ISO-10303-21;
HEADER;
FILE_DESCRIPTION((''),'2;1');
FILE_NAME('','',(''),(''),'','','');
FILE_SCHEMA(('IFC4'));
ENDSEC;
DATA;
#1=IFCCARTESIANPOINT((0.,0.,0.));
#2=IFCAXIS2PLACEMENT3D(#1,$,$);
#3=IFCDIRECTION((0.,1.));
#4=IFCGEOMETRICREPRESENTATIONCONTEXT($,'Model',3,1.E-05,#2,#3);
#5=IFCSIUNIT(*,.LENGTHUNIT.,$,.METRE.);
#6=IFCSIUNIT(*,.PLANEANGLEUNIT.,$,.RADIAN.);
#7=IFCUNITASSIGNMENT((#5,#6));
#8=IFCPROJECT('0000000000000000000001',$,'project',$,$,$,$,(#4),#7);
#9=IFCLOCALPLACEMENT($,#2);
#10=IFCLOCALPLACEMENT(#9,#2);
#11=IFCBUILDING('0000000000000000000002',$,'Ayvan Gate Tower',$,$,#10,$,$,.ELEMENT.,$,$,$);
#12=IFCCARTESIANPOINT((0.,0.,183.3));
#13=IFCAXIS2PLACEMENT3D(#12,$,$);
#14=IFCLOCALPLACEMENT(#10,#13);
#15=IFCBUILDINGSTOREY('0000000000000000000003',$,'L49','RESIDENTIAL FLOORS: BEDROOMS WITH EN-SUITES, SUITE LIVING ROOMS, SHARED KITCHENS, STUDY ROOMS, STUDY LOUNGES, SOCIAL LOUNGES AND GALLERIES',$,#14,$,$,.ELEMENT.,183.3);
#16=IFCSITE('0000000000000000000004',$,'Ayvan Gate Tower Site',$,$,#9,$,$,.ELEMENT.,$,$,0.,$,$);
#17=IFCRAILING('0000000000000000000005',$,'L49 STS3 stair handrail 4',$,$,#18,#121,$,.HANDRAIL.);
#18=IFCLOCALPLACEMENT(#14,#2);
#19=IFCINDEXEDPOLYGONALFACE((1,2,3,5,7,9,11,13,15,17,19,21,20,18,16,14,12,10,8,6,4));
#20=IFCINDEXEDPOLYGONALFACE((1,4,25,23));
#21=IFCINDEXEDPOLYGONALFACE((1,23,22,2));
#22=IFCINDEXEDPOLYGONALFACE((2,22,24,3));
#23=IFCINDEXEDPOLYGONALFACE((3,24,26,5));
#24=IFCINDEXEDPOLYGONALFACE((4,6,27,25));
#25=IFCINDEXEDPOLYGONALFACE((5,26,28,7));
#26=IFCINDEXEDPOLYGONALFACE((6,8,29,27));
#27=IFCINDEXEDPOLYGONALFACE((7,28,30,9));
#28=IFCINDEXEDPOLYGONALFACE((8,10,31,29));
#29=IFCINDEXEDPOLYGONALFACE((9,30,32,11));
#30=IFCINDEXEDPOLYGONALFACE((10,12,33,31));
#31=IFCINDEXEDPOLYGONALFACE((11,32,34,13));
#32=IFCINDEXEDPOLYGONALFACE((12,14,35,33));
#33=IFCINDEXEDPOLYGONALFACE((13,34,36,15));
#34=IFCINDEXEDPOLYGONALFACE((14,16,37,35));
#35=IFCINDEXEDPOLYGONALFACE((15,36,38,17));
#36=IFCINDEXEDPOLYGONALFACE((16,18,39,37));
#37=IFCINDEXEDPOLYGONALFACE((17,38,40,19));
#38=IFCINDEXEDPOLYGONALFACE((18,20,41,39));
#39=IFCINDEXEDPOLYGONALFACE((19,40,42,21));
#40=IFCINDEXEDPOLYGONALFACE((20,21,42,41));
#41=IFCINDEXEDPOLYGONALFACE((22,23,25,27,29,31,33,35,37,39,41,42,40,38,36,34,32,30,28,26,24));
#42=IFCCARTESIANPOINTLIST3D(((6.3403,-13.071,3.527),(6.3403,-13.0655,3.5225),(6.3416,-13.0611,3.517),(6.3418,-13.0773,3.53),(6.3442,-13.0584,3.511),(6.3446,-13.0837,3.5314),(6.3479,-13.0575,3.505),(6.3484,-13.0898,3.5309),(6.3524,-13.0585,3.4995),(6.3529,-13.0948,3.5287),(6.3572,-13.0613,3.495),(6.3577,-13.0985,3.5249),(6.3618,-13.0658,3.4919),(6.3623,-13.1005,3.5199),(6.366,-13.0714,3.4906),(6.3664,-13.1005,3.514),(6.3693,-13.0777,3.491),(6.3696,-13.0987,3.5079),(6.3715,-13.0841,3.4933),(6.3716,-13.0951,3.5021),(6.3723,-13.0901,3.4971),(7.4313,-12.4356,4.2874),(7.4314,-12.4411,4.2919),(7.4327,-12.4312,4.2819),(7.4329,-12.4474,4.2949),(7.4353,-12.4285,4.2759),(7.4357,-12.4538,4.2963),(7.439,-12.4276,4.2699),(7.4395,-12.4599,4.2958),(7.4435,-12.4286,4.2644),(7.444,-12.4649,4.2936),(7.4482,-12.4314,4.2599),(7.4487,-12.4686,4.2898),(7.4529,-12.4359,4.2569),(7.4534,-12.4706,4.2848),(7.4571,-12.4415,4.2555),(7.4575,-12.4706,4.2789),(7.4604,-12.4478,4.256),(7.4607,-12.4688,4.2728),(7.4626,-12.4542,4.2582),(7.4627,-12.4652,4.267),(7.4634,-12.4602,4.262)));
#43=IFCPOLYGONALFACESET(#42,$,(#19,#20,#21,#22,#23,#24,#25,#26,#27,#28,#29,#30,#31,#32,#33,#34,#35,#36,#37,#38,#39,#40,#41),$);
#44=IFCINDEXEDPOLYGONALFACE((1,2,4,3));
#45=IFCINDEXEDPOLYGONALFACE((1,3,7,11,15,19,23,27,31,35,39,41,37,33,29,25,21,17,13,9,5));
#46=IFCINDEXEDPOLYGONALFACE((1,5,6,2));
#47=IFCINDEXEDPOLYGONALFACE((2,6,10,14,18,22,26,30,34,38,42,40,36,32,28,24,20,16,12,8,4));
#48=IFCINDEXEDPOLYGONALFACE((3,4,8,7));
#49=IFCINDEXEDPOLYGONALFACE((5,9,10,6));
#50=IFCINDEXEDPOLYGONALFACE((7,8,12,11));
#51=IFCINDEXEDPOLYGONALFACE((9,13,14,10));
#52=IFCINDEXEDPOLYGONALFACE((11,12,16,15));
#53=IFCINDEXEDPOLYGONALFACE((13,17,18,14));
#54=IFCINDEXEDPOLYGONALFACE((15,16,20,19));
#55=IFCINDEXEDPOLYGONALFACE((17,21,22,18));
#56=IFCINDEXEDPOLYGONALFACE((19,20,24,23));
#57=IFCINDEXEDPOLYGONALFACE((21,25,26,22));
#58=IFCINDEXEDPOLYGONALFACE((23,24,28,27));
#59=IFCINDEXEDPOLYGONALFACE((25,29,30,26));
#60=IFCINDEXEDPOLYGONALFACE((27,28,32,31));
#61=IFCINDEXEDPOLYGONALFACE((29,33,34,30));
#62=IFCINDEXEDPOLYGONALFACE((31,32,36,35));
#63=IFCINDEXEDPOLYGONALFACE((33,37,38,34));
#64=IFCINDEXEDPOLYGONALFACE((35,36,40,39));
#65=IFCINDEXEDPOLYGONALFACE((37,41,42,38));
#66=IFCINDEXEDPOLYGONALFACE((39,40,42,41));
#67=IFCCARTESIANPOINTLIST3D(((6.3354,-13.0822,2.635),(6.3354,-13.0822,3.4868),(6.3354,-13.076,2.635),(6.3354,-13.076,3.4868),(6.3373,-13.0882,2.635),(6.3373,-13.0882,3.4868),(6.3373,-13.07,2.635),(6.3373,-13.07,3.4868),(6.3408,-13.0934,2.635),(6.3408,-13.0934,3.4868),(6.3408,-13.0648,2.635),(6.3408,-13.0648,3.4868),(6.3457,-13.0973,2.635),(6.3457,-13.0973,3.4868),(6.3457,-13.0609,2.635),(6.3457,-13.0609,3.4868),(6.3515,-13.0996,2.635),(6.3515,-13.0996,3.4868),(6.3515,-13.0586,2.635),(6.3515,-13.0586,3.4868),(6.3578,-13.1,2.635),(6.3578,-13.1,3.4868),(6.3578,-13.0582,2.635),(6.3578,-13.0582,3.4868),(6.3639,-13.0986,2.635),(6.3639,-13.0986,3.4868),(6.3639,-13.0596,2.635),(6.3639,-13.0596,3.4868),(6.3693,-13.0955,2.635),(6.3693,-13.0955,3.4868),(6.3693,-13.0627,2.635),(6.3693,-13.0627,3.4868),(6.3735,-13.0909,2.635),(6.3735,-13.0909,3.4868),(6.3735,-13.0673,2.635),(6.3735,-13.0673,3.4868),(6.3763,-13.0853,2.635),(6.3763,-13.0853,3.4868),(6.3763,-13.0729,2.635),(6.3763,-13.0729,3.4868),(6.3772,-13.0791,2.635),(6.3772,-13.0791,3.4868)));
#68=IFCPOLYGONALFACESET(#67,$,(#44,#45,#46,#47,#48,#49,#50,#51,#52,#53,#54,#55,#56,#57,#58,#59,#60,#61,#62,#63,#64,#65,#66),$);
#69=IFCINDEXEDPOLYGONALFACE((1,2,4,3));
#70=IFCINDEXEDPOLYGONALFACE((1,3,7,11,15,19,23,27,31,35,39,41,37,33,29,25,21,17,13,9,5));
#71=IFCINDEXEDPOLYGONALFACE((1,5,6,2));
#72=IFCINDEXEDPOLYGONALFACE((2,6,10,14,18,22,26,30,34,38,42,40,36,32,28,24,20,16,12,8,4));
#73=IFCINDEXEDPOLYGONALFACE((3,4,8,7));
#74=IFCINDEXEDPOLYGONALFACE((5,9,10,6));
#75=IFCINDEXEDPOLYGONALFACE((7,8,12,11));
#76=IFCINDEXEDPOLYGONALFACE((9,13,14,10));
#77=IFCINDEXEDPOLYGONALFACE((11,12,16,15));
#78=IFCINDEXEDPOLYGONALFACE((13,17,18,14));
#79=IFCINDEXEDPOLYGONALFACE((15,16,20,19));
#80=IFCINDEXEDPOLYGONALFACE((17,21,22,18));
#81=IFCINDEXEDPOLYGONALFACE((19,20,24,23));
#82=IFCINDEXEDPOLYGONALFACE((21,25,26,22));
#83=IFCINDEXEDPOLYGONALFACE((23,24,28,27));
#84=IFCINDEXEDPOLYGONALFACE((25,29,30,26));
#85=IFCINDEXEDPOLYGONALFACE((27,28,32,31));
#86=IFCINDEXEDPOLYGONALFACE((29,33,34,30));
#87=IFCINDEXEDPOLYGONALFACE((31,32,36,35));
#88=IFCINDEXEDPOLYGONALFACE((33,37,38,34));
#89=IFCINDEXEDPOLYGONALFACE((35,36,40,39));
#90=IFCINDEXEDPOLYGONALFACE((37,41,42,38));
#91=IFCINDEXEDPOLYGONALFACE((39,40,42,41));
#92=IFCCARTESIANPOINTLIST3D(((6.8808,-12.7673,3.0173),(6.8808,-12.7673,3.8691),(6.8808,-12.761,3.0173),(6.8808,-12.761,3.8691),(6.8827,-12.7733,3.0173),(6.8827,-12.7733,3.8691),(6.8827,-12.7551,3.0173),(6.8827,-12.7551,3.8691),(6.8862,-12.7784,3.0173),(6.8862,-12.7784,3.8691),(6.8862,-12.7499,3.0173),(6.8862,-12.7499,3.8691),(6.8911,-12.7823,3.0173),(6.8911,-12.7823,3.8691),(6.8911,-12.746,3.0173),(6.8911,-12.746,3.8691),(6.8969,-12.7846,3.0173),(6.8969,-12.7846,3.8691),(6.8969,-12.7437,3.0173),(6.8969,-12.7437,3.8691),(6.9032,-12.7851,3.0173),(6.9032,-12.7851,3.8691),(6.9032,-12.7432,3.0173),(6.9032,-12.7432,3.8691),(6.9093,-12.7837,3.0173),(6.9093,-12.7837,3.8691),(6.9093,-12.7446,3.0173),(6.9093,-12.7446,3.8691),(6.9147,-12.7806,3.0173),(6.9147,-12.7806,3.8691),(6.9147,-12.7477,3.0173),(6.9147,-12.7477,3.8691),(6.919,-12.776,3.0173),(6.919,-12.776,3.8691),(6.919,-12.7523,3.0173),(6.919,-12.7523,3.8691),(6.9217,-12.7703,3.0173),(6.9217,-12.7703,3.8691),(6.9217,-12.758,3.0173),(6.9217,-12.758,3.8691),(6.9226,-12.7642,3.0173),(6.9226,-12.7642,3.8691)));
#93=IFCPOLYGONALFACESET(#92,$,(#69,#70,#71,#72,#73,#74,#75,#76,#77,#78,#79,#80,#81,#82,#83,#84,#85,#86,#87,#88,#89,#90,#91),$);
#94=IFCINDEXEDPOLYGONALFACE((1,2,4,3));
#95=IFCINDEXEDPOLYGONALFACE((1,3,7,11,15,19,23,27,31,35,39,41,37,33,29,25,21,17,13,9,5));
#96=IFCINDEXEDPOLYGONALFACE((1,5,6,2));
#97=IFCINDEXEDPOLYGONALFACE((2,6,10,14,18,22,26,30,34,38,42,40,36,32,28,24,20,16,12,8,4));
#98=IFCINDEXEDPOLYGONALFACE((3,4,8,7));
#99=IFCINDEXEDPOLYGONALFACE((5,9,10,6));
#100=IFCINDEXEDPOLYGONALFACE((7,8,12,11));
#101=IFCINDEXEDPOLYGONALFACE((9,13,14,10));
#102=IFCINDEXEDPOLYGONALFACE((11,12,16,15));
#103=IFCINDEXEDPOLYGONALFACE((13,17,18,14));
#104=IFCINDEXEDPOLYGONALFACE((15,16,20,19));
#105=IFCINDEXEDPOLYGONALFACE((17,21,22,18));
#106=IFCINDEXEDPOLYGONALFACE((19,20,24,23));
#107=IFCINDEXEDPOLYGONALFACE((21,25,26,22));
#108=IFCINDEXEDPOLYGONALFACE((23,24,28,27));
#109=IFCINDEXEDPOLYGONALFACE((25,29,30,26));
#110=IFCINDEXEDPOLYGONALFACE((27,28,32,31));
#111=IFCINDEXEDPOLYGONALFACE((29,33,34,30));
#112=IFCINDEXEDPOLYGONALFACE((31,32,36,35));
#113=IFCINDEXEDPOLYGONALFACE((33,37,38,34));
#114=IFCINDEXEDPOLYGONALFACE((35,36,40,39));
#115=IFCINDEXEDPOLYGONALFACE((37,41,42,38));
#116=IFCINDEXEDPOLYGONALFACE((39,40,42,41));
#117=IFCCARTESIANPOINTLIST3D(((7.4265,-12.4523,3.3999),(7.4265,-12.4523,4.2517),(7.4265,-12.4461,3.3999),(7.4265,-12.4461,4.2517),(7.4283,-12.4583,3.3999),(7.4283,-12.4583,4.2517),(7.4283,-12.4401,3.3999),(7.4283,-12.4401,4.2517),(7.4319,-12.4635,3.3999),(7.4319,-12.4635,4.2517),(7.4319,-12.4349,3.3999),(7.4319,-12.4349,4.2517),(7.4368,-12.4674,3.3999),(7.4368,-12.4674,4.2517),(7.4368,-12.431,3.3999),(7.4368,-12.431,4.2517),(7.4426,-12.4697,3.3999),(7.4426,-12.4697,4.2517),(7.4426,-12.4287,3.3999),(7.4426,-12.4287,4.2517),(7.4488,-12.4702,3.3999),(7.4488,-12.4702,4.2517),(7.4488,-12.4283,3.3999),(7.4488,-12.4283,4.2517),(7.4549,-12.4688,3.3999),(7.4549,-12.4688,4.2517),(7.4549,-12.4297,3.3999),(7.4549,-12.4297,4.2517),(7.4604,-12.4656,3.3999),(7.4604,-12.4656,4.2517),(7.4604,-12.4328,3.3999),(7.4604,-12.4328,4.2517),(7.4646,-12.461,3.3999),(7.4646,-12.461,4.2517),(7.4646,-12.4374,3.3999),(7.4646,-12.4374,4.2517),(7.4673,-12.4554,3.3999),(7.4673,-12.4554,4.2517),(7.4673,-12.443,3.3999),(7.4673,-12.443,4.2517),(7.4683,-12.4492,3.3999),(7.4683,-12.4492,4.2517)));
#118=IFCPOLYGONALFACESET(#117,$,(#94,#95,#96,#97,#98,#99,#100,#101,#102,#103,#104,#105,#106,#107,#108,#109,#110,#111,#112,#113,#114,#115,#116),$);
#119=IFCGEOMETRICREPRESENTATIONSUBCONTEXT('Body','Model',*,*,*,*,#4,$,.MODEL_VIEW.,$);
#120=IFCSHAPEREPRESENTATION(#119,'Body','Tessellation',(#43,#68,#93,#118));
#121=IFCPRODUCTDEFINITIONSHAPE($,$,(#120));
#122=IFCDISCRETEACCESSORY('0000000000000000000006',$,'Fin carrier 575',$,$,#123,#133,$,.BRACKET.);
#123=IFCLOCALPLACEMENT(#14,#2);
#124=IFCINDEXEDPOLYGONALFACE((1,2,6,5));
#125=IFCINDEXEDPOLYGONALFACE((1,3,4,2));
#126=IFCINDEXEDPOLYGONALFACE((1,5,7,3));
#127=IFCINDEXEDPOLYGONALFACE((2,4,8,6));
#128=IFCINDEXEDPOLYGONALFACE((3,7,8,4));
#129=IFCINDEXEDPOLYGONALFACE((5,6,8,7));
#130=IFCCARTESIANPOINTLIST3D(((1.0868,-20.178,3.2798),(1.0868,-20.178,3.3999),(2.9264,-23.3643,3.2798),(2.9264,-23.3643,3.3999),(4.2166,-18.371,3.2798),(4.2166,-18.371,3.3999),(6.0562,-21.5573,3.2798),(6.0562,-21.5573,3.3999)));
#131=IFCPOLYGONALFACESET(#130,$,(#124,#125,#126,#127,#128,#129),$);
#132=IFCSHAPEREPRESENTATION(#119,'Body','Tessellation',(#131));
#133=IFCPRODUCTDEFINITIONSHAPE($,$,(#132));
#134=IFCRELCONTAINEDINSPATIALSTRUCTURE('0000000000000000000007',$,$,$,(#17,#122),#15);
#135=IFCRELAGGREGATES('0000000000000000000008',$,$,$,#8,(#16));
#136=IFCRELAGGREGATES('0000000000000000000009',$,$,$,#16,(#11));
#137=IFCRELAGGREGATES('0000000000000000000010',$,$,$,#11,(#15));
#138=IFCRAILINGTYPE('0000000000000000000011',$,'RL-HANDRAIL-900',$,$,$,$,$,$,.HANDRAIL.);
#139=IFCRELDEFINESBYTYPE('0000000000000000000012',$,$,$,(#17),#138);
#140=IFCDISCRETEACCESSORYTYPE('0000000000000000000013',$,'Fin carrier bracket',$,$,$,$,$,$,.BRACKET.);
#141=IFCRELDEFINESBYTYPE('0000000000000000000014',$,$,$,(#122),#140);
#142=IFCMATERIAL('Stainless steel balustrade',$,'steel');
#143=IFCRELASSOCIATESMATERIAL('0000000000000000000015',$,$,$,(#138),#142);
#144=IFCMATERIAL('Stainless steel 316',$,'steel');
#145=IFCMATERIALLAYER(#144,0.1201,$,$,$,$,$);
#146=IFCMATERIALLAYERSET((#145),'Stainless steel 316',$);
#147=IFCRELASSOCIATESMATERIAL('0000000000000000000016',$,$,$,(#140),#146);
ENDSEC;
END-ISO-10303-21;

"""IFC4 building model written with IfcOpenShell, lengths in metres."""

from ifc_helpers import new_model, si_unit, direction, frame, origin, origin_2d, place, context, subcontext, project, spatial, rectangle, circle, extrude, material, layer, layer_set, type_object, element, save


model = new_model("IFC4")

# Units and contexts
model_context = context("Model", 3, precision=1e-05, world=origin(), true_north=direction((0.0, 1.0)))
body_context = subcontext(model_context, "Body", "Model", "MODEL_VIEW")
ifc_project = project(units=[si_unit("LENGTHUNIT", "METRE"), si_unit("PLANEANGLEUNIT", "RADIAN")], contexts=[model_context])

# Site, building, storey
site_placement = place(None, origin())
site = spatial("IfcSite", under=ifc_project, at=site_placement, Name="Ayvan Gate Tower Site", CompositionType="ELEMENT", RefElevation=0.0)
building_placement = place(site_placement, origin())
building = spatial("IfcBuilding", under=site, at=building_placement, Name="Ayvan Gate Tower", CompositionType="ELEMENT")
storey_placement = place(building_placement, frame((0.0, 0.0, 183.3)))
storey = spatial("IfcBuildingStorey", under=building, at=storey_placement, Name="L49", Description="RESIDENTIAL FLOORS: BEDROOMS WITH EN-SUITES, SUITE LIVING ROOMS, SHARED KITCHENS, STUDY ROOMS, STUDY LOUNGES, SOCIAL LOUNGES AND GALLERIES", CompositionType="ELEMENT", Elevation=183.3)

# Railing
ifc_material_1 = material(Name="Stainless steel balustrade", Category="steel")
railing_type_1 = type_object("IfcRailingType", Name="RL-HANDRAIL-900", PredefinedType="HANDRAIL", material=ifc_material_1)
railing_1_placement = place(storey_placement, frame((6.3562, -13.0791, 2.635)))
element("IfcRailing", 1, at=railing_1_placement, inside=storey, type_object=railing_type_1, Name="L49 STS3 stair handrail 4", PredefinedType="HANDRAIL", context=body_context, shape_type="SweptSolid", body=[
    extrude(circle(Radius=0.0239, at=origin_2d()), frame((0.0, 0.0, 0.876), z_axis=(0.740282, 0.427372, 0.518976), x_axis=(-0.499974, 0.86604, 0.0)), (0.0, 0.0, 1.0), 1.4739),
    extrude(circle(Radius=0.021, at=origin_2d()), origin(), (0.0, 0.0, 1.0), 0.8518),
    extrude(circle(Radius=0.021, at=origin_2d()), frame((0.5454, 0.3149, 0.3823)), (0.0, 0.0, 1.0), 0.8518),
    extrude(circle(Radius=0.021, at=origin_2d()), frame((1.0911, 0.6299, 0.7649)), (0.0, 0.0, 1.0), 0.8518),
])

# Discrete accessory
ifc_material_2 = material(Name="Stainless steel 316", Category="steel")
ifc_layer_1 = layer(ifc_material_2, 0.1201)
ifc_layer_set_1 = layer_set([ifc_layer_1], Name="Stainless steel 316")
discrete_accessory_type = type_object("IfcDiscreteAccessoryType", Name="Fin carrier bracket", PredefinedType="BRACKET", material=ifc_layer_set_1)
discrete_accessory_placement = place(storey_placement, frame((3.5715, -20.8677, 3.2798), z_axis=(0.0, 0.0, 1.0), x_axis=(0.866025, 0.5, 0.0)))
element("IfcDiscreteAccessory", 2, at=discrete_accessory_placement, inside=storey, type_object=discrete_accessory_type, Name="Fin carrier 575", PredefinedType="BRACKET", context=body_context, shape_type="SweptSolid", body=[
    extrude(rectangle(XDim=3.614, YDim=3.6792, at=origin_2d()), origin(), (0.0, 0.0, 1.0), 0.1201),
])

save(model, "model.ifc")
